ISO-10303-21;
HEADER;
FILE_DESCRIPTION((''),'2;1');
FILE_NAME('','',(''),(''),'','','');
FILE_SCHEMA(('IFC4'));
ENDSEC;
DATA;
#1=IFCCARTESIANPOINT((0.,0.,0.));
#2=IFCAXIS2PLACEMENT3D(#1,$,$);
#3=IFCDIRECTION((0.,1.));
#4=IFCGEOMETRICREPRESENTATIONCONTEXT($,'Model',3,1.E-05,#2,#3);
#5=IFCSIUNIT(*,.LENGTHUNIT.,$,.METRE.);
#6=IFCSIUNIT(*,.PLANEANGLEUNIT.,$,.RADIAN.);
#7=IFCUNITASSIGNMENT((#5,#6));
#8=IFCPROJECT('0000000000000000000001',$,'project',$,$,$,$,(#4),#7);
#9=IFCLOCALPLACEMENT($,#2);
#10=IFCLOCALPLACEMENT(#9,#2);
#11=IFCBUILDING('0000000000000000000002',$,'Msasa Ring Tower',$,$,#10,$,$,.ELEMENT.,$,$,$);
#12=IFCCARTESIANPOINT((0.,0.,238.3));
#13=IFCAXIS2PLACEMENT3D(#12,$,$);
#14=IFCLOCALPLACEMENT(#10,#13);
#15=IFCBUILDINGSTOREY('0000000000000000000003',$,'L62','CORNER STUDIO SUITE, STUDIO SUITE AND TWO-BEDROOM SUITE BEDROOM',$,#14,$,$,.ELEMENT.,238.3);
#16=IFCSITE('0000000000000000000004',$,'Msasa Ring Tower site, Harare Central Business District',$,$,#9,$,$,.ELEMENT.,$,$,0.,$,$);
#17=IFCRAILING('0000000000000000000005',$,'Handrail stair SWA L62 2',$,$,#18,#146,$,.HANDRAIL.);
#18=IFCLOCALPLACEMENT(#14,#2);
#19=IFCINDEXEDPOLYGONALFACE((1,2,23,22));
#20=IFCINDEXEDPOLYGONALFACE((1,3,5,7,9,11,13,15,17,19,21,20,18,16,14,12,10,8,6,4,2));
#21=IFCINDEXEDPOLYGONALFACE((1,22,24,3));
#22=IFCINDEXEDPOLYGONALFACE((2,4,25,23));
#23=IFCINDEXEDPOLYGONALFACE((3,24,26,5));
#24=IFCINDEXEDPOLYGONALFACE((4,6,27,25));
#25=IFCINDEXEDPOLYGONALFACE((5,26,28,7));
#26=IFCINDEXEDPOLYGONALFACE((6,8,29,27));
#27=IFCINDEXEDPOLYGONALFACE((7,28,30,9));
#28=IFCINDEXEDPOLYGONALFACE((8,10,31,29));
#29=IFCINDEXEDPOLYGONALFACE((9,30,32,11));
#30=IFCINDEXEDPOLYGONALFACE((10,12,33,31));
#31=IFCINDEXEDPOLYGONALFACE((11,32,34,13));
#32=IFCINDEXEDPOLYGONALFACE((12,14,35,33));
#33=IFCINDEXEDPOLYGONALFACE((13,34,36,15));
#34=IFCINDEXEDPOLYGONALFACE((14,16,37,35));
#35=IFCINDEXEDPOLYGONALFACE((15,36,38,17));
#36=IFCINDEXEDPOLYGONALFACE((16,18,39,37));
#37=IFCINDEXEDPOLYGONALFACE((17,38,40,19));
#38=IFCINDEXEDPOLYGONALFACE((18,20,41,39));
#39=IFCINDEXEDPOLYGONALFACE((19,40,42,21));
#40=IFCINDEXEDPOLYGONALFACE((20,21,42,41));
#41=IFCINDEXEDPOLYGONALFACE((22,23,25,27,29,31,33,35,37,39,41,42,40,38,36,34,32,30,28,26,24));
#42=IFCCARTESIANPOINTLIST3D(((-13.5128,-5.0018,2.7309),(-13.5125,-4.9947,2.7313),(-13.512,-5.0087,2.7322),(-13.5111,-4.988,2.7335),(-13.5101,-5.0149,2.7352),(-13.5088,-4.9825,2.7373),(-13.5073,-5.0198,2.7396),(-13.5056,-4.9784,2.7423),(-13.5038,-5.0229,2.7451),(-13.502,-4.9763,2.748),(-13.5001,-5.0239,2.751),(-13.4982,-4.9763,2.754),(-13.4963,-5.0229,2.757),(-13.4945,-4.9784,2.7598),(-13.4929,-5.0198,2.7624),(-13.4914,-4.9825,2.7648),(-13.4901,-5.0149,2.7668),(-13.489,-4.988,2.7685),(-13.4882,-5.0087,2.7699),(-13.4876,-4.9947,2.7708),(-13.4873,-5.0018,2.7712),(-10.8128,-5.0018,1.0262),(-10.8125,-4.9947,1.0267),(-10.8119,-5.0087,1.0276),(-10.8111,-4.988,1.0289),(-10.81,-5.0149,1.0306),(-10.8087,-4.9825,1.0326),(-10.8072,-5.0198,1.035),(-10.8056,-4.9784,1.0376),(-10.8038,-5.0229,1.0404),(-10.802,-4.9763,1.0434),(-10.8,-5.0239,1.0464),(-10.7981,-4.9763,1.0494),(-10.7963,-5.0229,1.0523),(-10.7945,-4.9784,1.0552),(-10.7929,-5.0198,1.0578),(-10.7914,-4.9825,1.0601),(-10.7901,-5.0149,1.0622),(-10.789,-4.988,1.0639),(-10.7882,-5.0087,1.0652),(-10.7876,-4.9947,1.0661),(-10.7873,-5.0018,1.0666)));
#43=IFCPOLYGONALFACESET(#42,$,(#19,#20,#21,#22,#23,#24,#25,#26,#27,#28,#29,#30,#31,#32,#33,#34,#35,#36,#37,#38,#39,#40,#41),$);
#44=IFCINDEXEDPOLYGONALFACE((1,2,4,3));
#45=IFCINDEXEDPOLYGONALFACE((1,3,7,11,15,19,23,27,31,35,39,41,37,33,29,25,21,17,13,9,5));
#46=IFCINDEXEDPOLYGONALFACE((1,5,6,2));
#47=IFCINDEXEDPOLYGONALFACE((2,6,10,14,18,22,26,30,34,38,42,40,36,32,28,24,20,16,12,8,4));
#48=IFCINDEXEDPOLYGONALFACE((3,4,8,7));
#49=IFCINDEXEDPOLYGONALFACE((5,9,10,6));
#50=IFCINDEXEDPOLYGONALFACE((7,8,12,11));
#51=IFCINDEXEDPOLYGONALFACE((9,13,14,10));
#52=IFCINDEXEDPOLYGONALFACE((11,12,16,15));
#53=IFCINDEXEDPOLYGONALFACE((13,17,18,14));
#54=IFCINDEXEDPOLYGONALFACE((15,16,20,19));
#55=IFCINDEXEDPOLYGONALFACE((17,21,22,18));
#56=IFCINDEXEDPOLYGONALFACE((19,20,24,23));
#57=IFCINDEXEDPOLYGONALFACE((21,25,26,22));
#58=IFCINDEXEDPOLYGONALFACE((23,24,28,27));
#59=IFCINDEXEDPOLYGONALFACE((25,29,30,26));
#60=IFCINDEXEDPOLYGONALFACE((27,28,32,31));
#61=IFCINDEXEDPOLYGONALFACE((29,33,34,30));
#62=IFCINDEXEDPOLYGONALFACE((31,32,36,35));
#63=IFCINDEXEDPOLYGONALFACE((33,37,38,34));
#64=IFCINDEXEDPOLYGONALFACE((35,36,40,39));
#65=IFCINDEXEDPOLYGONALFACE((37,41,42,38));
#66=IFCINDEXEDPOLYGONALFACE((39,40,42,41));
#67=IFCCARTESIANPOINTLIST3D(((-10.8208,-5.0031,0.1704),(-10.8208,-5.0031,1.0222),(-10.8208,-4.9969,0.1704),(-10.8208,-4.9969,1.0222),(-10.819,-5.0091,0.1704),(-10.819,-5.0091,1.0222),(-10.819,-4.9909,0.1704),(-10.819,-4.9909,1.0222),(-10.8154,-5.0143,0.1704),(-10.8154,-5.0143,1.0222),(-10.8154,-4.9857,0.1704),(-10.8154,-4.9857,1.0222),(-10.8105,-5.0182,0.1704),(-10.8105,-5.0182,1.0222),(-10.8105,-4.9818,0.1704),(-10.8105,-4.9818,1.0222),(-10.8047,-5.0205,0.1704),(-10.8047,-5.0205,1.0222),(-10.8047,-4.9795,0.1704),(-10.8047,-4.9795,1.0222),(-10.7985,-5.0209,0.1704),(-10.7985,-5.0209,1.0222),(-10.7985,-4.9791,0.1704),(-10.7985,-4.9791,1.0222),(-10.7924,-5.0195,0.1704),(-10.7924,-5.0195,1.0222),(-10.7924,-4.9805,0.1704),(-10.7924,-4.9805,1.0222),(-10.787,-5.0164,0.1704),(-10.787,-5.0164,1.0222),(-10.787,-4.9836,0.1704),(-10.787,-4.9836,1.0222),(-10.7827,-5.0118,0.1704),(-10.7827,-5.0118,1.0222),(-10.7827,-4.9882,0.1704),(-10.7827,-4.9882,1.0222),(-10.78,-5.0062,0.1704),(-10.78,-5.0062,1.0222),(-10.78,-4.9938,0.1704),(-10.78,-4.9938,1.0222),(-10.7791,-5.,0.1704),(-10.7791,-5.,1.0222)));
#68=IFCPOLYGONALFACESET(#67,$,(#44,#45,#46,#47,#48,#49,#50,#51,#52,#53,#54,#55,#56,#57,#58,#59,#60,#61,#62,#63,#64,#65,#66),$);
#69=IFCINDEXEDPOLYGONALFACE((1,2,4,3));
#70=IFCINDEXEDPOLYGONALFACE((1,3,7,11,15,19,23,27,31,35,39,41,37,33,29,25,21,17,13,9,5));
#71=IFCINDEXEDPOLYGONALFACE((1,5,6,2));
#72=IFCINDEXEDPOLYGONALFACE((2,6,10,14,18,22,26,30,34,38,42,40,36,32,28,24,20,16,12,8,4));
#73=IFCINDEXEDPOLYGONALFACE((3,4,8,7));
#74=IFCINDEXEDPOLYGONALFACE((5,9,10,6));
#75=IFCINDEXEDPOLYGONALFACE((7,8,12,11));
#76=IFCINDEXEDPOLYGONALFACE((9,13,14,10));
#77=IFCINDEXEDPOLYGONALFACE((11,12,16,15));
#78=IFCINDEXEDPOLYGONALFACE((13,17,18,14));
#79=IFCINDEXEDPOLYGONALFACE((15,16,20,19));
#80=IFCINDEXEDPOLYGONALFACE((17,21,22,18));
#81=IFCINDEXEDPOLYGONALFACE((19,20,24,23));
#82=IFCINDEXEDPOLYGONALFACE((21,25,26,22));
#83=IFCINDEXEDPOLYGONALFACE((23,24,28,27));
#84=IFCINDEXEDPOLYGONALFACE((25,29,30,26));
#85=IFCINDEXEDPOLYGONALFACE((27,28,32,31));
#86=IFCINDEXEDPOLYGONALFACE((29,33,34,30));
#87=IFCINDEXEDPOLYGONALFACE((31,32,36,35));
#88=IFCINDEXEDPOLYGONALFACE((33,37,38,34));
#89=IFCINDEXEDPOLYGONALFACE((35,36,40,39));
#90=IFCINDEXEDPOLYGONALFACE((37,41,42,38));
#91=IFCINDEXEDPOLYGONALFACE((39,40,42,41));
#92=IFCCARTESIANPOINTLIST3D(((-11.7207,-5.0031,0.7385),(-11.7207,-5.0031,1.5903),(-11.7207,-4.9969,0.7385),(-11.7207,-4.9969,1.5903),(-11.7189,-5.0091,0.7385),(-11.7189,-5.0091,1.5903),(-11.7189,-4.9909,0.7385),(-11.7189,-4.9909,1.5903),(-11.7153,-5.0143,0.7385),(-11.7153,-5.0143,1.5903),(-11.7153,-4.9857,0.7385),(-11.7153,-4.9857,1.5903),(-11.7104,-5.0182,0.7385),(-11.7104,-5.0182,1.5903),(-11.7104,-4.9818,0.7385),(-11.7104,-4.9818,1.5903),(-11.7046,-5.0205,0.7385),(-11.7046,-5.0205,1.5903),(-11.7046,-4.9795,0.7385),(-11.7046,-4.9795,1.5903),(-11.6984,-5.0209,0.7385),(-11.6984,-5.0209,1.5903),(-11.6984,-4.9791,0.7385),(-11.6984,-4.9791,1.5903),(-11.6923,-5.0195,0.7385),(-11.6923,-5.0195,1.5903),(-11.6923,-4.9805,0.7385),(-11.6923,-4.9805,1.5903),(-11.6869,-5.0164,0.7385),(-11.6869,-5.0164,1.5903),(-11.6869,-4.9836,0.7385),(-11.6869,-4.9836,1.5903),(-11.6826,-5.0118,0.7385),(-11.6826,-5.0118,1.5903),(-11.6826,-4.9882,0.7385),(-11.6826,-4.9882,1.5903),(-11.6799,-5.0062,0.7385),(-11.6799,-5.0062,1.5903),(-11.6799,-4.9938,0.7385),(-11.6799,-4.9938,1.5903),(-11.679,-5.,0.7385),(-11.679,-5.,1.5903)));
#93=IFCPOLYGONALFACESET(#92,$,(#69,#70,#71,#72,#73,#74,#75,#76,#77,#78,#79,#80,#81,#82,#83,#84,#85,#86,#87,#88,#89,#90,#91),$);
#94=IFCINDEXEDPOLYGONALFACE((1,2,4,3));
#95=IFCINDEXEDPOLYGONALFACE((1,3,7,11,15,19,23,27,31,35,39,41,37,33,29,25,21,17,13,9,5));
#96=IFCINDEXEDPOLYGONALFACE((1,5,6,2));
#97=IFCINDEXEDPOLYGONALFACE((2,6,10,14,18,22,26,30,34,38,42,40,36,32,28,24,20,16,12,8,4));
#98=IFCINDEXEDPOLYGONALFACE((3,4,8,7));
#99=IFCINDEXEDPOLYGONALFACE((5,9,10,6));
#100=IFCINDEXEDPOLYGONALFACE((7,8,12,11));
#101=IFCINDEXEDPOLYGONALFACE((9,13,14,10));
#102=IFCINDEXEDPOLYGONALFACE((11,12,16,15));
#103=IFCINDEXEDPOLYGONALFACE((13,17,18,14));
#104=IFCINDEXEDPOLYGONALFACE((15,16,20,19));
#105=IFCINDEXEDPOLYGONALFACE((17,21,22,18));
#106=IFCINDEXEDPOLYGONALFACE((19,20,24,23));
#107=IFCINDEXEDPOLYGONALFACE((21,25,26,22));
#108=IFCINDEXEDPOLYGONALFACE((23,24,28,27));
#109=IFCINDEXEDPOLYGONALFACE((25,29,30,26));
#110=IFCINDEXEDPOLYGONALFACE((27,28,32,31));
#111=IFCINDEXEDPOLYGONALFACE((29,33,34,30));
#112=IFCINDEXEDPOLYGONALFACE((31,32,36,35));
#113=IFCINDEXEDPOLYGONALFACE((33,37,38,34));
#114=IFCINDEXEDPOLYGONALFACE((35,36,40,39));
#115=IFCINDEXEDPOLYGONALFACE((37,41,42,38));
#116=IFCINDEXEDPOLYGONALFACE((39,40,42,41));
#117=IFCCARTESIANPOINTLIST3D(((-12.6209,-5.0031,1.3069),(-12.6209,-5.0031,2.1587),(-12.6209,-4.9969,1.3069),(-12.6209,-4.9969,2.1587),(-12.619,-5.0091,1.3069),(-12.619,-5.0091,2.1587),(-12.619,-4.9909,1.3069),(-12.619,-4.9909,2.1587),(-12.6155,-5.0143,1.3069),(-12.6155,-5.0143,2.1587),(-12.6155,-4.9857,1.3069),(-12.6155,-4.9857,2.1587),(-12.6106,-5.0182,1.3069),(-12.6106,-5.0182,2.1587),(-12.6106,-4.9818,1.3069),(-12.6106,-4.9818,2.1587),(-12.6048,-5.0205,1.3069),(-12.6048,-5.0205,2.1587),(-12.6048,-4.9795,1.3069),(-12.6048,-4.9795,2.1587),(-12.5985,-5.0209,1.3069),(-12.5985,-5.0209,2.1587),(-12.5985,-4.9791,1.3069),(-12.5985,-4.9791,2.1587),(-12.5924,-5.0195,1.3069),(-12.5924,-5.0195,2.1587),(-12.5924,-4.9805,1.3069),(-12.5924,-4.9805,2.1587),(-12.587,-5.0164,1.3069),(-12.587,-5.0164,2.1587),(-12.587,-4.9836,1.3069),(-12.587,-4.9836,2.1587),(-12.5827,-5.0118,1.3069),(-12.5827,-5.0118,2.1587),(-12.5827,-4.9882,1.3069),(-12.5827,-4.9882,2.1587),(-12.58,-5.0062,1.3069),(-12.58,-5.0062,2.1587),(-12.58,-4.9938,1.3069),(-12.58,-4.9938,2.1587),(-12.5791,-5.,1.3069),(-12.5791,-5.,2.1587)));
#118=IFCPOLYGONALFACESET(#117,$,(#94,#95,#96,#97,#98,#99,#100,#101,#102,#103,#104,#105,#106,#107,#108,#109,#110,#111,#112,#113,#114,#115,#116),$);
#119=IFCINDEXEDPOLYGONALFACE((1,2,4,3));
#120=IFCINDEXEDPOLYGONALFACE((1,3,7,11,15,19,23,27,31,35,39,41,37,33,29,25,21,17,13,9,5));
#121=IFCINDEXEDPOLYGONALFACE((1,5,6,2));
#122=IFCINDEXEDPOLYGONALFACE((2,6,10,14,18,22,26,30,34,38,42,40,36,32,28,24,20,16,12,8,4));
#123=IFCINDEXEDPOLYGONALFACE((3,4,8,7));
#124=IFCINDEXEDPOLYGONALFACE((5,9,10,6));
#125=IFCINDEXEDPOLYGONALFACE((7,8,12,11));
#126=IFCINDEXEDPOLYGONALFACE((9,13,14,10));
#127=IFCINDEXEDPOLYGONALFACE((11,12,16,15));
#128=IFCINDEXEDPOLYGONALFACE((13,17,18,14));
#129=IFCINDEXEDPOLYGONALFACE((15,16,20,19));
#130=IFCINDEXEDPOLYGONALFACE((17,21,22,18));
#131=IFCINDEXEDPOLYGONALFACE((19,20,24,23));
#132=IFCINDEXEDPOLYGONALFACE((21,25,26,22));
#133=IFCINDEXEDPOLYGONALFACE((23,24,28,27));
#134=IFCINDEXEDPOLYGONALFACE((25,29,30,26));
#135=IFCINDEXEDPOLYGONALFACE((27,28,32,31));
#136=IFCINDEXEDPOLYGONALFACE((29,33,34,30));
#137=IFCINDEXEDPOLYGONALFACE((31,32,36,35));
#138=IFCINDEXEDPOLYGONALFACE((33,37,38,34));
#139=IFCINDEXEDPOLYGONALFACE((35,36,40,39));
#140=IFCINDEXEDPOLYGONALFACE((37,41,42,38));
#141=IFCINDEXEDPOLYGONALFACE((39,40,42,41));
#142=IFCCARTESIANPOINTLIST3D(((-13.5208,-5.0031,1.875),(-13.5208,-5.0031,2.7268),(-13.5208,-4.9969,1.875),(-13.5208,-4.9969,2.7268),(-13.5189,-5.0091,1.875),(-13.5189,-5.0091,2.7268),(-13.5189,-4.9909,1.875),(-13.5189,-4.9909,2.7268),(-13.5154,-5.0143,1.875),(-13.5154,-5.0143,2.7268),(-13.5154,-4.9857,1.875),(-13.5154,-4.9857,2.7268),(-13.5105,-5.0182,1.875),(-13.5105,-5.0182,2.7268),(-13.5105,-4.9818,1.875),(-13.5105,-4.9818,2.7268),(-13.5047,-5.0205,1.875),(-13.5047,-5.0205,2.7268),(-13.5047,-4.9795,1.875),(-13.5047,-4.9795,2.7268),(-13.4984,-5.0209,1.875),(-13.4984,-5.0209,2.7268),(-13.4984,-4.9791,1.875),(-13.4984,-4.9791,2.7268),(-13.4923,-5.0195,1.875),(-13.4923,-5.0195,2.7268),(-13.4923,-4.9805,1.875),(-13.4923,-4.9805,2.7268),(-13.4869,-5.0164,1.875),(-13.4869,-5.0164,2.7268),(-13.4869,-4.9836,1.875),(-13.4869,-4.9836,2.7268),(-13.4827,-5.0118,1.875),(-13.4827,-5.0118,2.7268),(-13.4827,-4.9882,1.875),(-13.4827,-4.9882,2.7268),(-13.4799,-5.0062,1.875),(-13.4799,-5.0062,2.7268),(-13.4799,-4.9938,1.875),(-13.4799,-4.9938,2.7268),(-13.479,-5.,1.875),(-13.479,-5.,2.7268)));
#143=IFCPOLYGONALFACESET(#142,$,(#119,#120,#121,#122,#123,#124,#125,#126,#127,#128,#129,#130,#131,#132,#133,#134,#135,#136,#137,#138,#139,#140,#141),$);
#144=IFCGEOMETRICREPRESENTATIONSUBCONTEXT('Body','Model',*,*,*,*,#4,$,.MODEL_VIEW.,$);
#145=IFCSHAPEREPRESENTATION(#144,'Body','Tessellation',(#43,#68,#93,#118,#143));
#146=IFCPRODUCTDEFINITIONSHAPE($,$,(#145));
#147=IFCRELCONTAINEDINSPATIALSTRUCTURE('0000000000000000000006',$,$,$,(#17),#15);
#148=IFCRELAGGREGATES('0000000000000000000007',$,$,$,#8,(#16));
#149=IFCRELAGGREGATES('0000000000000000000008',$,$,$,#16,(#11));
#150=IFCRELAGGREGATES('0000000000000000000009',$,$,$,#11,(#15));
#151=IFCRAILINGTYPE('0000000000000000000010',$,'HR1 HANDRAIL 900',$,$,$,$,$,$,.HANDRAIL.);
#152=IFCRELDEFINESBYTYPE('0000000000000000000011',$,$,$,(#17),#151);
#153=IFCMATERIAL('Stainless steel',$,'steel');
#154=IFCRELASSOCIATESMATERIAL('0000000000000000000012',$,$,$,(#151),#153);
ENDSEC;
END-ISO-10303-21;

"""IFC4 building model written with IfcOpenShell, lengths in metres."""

from ifc_helpers import new_model, si_unit, direction, frame, origin, origin_2d, place, context, subcontext, project, spatial, circle, extrude, material, type_object, element, save


model = new_model("IFC4")

# Units and contexts
model_context = context("Model", 3, precision=1e-05, world=origin(), true_north=direction((0.0, 1.0)))
body_context = subcontext(model_context, "Body", "Model", "MODEL_VIEW")
ifc_project = project(units=[si_unit("LENGTHUNIT", "METRE"), si_unit("PLANEANGLEUNIT", "RADIAN")], contexts=[model_context])

# Site, building, storey
site_placement = place(None, origin())
site = spatial("IfcSite", under=ifc_project, at=site_placement, Name="Msasa Ring Tower site, Harare Central Business District", CompositionType="ELEMENT", RefElevation=0.0)
building_placement = place(site_placement, origin())
building = spatial("IfcBuilding", under=site, at=building_placement, Name="Msasa Ring Tower", CompositionType="ELEMENT")
storey_placement = place(building_placement, frame((0.0, 0.0, 238.3)))
storey = spatial("IfcBuildingStorey", under=building, at=storey_placement, Name="L62", Description="CORNER STUDIO SUITE, STUDIO SUITE AND TWO-BEDROOM SUITE BEDROOM", CompositionType="ELEMENT", Elevation=238.3)

# Railing
ifc_material_1 = material(Name="Stainless steel", Category="steel")
railing_type = type_object("IfcRailingType", Name="HR1 HANDRAIL 900", PredefinedType="HANDRAIL", material=ifc_material_1)
for number, where, name in (
    (1, (-10.8, -5.0, 0.1704), "Handrail stair SWA L62 2"),
):
    element("IfcRailing", number, at=place(storey_placement, frame(where)), inside=storey, type_object=railing_type, Name=name, PredefinedType="HANDRAIL", context=body_context, shape_type="SweptSolid", body=[
        extrude(circle(Radius=0.0239, at=origin_2d()), frame((0.0, 0.0, 0.876), z_axis=(-0.84558, 0.0, 0.533849), x_axis=(0.0, -1.0, 0.0)), (0.0, 0.0, 1.0), 3.1931),
        extrude(circle(Radius=0.021, at=origin_2d()), origin(), (0.0, 0.0, 1.0), 0.8518),
        extrude(circle(Radius=0.021, at=origin_2d()), frame((-0.8999, 0.0, 0.5681)), (0.0, 0.0, 1.0), 0.8518),
        extrude(circle(Radius=0.021, at=origin_2d()), frame((-1.8, 0.0, 1.1365)), (0.0, 0.0, 1.0), 0.8518),
        extrude(circle(Radius=0.021, at=origin_2d()), frame((-2.7, 0.0, 1.7046)), (0.0, 0.0, 1.0), 0.8518),
    ])

save(model, "model.ifc")
